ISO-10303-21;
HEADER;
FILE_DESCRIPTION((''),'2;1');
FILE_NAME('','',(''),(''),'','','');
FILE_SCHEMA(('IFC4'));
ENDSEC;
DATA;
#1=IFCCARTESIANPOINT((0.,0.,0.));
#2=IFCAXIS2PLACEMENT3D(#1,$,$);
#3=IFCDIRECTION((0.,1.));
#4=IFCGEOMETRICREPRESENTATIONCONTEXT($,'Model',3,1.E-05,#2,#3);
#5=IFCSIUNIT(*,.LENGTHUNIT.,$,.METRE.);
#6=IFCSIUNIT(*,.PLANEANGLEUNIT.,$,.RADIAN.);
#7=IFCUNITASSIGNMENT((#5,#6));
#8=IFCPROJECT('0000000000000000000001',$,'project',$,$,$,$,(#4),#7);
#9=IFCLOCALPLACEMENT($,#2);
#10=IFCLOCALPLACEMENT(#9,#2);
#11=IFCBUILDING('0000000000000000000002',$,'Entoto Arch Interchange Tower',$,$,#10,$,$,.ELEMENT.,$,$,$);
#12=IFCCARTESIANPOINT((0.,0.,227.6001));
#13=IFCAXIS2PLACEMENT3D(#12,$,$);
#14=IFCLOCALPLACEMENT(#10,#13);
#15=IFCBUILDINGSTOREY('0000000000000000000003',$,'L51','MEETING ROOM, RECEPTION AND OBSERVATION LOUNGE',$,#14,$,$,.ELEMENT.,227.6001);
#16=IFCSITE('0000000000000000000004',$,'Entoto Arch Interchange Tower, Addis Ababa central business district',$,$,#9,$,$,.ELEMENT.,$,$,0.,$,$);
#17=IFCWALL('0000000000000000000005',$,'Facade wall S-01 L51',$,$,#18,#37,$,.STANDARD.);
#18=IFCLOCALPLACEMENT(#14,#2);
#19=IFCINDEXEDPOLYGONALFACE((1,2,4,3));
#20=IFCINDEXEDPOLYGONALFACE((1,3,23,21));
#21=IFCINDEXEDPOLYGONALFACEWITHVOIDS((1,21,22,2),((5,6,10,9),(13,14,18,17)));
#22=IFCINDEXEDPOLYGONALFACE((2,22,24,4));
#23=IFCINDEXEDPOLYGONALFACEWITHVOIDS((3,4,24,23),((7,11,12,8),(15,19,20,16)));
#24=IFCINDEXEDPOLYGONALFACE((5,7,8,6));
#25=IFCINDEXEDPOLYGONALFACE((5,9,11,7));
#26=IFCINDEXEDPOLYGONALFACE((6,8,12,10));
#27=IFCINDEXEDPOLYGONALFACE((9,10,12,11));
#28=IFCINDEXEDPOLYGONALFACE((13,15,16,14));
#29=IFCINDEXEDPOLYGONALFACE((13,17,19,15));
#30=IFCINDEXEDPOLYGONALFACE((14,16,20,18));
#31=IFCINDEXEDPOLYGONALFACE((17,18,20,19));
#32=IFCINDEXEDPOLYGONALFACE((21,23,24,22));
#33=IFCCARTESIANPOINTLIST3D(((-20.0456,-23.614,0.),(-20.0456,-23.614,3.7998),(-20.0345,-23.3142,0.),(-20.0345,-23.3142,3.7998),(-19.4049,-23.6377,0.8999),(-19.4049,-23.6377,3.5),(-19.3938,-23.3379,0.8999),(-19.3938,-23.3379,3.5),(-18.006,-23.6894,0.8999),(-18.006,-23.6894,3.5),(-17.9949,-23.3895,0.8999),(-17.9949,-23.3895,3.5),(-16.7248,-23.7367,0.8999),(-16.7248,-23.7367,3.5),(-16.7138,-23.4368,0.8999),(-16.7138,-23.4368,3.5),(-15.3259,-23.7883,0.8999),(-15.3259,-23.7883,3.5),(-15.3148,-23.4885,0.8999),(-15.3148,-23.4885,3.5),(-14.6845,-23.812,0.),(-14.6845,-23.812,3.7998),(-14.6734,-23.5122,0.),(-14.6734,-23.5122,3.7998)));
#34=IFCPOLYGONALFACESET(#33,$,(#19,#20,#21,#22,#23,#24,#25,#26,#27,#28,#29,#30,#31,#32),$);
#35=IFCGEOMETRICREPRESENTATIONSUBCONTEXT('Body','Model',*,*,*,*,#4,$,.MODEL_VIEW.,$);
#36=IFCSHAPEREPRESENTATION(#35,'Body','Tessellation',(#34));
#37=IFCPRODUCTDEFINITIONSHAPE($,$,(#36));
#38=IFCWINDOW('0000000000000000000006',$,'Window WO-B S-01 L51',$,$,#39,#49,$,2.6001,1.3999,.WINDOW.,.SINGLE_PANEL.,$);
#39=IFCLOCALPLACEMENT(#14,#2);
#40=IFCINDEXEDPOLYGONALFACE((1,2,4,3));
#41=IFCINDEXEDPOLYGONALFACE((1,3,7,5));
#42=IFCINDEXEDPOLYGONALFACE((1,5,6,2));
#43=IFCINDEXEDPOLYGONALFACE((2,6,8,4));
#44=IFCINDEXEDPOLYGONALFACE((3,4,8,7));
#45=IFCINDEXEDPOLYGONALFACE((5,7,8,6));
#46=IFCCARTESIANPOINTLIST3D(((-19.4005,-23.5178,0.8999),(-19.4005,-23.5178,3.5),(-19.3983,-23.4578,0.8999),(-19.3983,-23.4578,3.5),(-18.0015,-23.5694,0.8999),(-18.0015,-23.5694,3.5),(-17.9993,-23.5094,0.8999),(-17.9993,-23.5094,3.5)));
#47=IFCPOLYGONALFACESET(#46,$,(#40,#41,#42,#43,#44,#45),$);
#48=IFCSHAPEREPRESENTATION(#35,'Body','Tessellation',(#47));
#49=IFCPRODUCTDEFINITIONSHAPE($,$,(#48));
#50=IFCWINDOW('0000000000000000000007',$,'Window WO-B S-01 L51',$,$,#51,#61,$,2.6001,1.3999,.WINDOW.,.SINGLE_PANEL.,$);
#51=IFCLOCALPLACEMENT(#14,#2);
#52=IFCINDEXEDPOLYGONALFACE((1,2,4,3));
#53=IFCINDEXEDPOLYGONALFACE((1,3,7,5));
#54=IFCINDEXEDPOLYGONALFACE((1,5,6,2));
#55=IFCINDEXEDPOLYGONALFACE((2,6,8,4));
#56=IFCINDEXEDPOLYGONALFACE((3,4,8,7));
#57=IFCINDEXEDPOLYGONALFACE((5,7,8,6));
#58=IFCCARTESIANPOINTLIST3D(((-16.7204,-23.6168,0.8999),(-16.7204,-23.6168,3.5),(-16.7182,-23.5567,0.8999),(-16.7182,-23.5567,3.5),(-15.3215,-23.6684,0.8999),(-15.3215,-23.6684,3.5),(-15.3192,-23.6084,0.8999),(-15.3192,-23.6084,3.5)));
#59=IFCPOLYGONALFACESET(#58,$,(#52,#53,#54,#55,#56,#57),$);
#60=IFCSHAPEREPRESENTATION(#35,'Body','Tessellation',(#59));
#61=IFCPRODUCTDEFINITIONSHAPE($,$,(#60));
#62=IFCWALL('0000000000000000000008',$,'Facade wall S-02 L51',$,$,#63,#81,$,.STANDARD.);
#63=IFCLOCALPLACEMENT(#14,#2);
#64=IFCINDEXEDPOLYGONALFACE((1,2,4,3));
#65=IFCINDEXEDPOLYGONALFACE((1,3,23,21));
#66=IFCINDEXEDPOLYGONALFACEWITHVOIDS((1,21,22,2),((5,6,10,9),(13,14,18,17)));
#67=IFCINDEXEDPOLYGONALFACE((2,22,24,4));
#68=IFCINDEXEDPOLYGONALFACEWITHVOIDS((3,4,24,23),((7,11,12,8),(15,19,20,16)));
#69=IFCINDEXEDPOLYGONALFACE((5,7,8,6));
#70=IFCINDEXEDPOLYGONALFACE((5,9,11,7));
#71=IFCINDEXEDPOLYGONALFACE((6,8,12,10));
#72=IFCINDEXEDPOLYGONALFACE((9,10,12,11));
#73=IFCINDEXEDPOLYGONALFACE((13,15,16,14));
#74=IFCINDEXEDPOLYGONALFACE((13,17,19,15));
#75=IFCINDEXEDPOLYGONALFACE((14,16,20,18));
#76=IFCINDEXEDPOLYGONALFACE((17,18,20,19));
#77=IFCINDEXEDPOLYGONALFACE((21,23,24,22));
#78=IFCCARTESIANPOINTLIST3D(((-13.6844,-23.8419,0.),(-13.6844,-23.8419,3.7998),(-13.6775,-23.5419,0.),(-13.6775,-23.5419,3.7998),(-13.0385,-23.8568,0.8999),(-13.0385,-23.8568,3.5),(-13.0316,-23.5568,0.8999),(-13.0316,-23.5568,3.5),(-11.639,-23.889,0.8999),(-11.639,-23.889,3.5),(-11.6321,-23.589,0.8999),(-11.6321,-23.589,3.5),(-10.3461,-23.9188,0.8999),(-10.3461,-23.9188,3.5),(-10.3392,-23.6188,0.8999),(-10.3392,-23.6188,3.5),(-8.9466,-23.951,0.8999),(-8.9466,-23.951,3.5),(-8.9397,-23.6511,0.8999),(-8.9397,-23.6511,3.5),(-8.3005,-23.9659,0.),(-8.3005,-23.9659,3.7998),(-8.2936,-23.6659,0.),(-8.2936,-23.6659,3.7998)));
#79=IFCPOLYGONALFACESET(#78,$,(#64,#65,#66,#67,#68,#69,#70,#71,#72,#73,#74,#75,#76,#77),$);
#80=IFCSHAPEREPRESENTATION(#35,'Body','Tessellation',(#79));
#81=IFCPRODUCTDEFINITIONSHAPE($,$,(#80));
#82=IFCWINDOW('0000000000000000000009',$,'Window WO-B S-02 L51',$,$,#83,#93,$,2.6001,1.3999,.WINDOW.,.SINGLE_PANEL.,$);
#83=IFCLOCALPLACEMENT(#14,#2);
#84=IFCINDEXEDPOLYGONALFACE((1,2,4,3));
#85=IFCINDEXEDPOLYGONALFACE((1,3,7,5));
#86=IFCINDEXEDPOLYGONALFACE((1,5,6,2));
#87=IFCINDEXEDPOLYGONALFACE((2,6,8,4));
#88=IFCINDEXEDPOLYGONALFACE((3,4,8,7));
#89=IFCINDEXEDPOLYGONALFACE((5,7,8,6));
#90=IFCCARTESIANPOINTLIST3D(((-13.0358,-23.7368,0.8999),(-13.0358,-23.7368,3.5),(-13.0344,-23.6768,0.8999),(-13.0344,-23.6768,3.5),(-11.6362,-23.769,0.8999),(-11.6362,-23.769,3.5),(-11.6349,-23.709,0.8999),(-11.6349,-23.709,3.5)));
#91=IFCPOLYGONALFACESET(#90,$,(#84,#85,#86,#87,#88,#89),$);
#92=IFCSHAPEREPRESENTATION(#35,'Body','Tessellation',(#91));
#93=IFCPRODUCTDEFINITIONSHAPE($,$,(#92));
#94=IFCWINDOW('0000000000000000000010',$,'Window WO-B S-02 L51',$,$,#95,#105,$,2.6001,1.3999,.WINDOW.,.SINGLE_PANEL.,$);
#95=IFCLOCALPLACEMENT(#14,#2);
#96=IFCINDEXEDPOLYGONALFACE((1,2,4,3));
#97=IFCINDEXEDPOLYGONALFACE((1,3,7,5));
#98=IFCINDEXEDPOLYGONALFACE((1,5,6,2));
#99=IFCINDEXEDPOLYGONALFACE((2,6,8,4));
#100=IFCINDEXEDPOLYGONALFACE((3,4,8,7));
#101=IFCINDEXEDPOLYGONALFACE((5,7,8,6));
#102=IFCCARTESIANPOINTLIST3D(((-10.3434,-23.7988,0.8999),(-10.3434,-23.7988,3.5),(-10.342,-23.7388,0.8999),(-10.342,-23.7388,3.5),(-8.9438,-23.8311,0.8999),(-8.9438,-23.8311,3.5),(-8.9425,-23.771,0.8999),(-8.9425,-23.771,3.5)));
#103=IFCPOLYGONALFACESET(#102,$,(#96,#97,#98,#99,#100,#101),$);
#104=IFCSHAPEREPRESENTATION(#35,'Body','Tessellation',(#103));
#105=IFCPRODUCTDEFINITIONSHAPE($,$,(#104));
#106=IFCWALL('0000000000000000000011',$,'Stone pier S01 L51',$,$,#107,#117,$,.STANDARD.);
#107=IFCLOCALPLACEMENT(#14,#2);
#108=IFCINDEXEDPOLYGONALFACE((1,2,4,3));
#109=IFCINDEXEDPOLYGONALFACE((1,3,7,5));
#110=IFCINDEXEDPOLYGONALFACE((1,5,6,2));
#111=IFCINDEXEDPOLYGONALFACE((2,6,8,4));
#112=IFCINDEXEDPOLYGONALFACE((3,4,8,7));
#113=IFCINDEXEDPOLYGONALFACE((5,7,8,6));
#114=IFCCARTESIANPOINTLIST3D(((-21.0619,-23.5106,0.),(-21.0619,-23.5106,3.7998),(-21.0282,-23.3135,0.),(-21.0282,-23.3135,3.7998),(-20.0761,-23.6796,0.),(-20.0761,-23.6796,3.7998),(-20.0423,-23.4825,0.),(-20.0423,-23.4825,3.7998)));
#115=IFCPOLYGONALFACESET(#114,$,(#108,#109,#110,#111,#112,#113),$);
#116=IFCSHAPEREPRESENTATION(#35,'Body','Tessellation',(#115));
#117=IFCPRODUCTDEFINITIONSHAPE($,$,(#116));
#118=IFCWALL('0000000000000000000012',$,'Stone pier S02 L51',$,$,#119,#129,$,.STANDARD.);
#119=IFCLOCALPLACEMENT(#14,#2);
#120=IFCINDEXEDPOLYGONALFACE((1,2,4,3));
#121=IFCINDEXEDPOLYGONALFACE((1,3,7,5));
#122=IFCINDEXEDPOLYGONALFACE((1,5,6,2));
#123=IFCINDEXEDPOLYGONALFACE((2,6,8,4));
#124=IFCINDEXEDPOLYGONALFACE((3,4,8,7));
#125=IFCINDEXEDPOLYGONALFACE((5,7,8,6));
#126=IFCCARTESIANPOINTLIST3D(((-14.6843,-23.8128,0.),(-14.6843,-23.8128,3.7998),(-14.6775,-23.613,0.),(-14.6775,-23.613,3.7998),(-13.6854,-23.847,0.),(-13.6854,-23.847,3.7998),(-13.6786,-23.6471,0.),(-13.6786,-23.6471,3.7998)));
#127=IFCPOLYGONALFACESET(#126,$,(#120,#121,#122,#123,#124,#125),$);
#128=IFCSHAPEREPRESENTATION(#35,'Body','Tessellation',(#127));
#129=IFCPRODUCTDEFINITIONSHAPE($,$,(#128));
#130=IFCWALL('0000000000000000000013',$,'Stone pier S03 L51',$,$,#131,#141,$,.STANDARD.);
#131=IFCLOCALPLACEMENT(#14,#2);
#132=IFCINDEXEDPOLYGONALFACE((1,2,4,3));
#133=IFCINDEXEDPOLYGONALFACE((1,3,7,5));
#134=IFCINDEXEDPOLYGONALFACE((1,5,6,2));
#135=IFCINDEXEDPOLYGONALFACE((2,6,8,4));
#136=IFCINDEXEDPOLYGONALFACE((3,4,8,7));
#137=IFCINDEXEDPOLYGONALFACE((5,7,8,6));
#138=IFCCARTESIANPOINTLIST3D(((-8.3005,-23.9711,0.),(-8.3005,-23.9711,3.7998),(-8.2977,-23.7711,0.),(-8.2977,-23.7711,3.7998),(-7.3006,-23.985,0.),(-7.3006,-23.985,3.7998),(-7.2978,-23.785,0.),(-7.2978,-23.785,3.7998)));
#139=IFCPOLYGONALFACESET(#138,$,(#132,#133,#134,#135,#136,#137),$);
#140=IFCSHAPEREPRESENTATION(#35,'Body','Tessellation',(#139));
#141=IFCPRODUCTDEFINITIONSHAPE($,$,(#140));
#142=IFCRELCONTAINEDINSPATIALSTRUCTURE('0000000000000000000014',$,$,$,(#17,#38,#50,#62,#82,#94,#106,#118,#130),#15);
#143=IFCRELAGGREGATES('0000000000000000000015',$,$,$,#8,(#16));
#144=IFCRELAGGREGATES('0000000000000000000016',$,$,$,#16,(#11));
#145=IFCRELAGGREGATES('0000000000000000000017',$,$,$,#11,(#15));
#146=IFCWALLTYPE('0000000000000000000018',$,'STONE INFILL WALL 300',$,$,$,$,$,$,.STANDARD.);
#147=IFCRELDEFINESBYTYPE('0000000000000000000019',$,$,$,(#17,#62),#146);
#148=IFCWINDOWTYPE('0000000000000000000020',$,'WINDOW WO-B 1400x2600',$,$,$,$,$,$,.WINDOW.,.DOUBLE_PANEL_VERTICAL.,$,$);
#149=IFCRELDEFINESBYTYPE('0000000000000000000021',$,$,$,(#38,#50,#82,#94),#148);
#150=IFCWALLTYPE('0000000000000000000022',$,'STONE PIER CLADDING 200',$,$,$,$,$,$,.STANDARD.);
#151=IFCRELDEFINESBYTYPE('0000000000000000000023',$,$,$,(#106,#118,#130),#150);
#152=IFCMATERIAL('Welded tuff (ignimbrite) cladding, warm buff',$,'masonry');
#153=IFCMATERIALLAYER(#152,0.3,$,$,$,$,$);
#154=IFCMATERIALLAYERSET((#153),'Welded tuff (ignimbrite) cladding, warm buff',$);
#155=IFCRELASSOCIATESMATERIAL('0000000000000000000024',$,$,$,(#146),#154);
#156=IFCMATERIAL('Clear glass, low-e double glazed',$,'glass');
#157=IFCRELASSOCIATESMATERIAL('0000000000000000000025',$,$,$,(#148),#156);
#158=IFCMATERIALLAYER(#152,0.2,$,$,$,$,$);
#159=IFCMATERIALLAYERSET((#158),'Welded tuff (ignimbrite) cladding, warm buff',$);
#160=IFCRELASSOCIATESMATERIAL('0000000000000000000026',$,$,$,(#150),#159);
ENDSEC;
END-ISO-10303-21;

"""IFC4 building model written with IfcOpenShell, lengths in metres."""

from ifc_helpers import new_model, si_unit, direction, frame, frame_2d, origin, place, context, subcontext, project, spatial, rectangle, extrude, material, layer, layer_set, type_object, element, fill, save


model = new_model("IFC4")

# Units and contexts
model_context = context("Model", 3, precision=1e-05, world=origin(), true_north=direction((0.0, 1.0)))
body_context = subcontext(model_context, "Body", "Model", "MODEL_VIEW")
ifc_project = project(units=[si_unit("LENGTHUNIT", "METRE"), si_unit("PLANEANGLEUNIT", "RADIAN")], contexts=[model_context])

# Site, building, storey
site_placement = place(None, origin())
site = spatial("IfcSite", under=ifc_project, at=site_placement, Name="Entoto Arch Interchange Tower, Addis Ababa central business district", CompositionType="ELEMENT", RefElevation=0.0)
building_placement = place(site_placement, origin())
building = spatial("IfcBuilding", under=site, at=building_placement, Name="Entoto Arch Interchange Tower", CompositionType="ELEMENT")
storey_placement = place(building_placement, frame((0.0, 0.0, 227.6001)))
storey = spatial("IfcBuildingStorey", under=building, at=storey_placement, Name="L51", Description="MEETING ROOM, RECEPTION AND OBSERVATION LOUNGE", CompositionType="ELEMENT", Elevation=227.6001)

# Walls, openings, windows
ifc_material_1 = material(Name="Welded tuff (ignimbrite) cladding, warm buff", Category="masonry")
ifc_layer_1 = layer(ifc_material_1, 0.3)
ifc_layer_set_1 = layer_set([ifc_layer_1], Name="Welded tuff (ignimbrite) cladding, warm buff")
wall_type_1 = type_object("IfcWallType", Name="STONE INFILL WALL 300", PredefinedType="STANDARD", material=ifc_layer_set_1)
wall_1_placement = place(storey_placement, frame((-20.04, -23.4641, 0.0), z_axis=(0.0, 0.0, 1.0), x_axis=(0.999319, -0.036907, 0.0)))
wall_1 = element("IfcWall", 1, at=wall_1_placement, inside=storey, type_object=wall_type_1, Name="Facade wall S-01 L51", PredefinedType="STANDARD", context=body_context, shape_type="SweptSolid", body=[
    extrude(rectangle(XDim=5.3647, YDim=0.3, at=frame_2d((2.6824, 0.0))), origin(), (0.0, 0.0, 1.0), 3.7998),
])
opening_1_placement = place(wall_1_placement, frame((0.6411, 0.0, 0.8999)))
opening_1 = element("IfcOpeningElement", 2, at=opening_1_placement, cuts=wall_1, PredefinedType="OPENING", context=body_context, shape_type="SweptSolid", body=[
    extrude(rectangle(XDim=1.3999, YDim=2.6001, at=frame_2d((0.7, 1.3))), frame((0.0, 0.1602, 0.0), z_axis=(0.0, -1.0, 0.0), x_axis=(1.0, 0.0, 0.0)), (0.0, 0.0, 1.0), 0.3201),
])
opening_2_placement = place(wall_1_placement, frame((3.323, 0.0, 0.8999)))
opening_2 = element("IfcOpeningElement", 3, at=opening_2_placement, cuts=wall_1, PredefinedType="OPENING", context=body_context, shape_type="SweptSolid", body=[
    extrude(rectangle(XDim=1.3999, YDim=2.6001, at=frame_2d((0.7, 1.3))), frame((0.0, 0.1602, 0.0), z_axis=(0.0, -1.0, 0.0), x_axis=(1.0, 0.0, 0.0)), (0.0, 0.0, 1.0), 0.3201),
])
ifc_material_2 = material(Name="Clear glass, low-e double glazed", Category="glass")
window_type = type_object("IfcWindowType", Name="WINDOW WO-B 1400x2600", PartitioningType="DOUBLE_PANEL_VERTICAL", PredefinedType="WINDOW", material=ifc_material_2)
window_1_placement = place(opening_1_placement, origin())
window_1 = element("IfcWindow", 4, at=window_1_placement, inside=storey, type_object=window_type, Name="Window WO-B S-01 L51", OverallHeight=2.6001, OverallWidth=1.3999, PartitioningType="SINGLE_PANEL", PredefinedType="WINDOW", context=body_context, shape_type="SweptSolid", body=[
    extrude(rectangle(XDim=1.3999, YDim=2.6001, at=frame_2d((0.7, 1.3))), frame((0.0, 0.03, 0.0), z_axis=(0.0, -1.0, 0.0), x_axis=(1.0, 0.0, 0.0)), (0.0, 0.0, 1.0), 0.0601),
])
fill(opening_1, window_1)
window_2_placement = place(opening_2_placement, origin())
window_2 = element("IfcWindow", 5, at=window_2_placement, inside=storey, type_object=window_type, Name="Window WO-B S-01 L51", OverallHeight=2.6001, OverallWidth=1.3999, PartitioningType="SINGLE_PANEL", PredefinedType="WINDOW", context=body_context, shape_type="SweptSolid", body=[
    extrude(rectangle(XDim=1.3999, YDim=2.6001, at=frame_2d((0.7, 1.3))), frame((0.0, 0.03, 0.0), z_axis=(0.0, -1.0, 0.0), x_axis=(1.0, 0.0, 0.0)), (0.0, 0.0, 1.0), 0.0601),
])
fill(opening_2, window_2)
wall_2_placement = place(storey_placement, frame((-13.6809, -23.6919, 0.0), z_axis=(0.0, 0.0, 1.0), x_axis=(0.999735, -0.02303, 0.0)))
wall_2 = element("IfcWall", 6, at=wall_2_placement, inside=storey, type_object=wall_type_1, Name="Facade wall S-02 L51", PredefinedType="STANDARD", context=body_context, shape_type="SweptSolid", body=[
    extrude(rectangle(XDim=5.3853, YDim=0.3, at=frame_2d((2.6926, 0.0))), origin(), (0.0, 0.0, 1.0), 3.7998),
])
opening_3_placement = place(wall_2_placement, frame((0.646, 0.0, 0.8999)))
opening_3 = element("IfcOpeningElement", 7, at=opening_3_placement, cuts=wall_2, PredefinedType="OPENING", context=body_context, shape_type="SweptSolid", body=[
    extrude(rectangle(XDim=1.3999, YDim=2.6001, at=frame_2d((0.7, 1.3))), frame((0.0, 0.1602, 0.0), z_axis=(0.0, -1.0, 0.0), x_axis=(1.0, 0.0, 0.0)), (0.0, 0.0, 1.0), 0.3201),
])
opening_4_placement = place(wall_2_placement, frame((3.3391, 0.0, 0.8999)))
opening_4 = element("IfcOpeningElement", 8, at=opening_4_placement, cuts=wall_2, PredefinedType="OPENING", context=body_context, shape_type="SweptSolid", body=[
    extrude(rectangle(XDim=1.3999, YDim=2.6001, at=frame_2d((0.7, 1.3))), frame((0.0, 0.1602, 0.0), z_axis=(0.0, -1.0, 0.0), x_axis=(1.0, 0.0, 0.0)), (0.0, 0.0, 1.0), 0.3201),
])
window_3_placement = place(opening_3_placement, origin())
window_3 = element("IfcWindow", 9, at=window_3_placement, inside=storey, type_object=window_type, Name="Window WO-B S-02 L51", OverallHeight=2.6001, OverallWidth=1.3999, PartitioningType="SINGLE_PANEL", PredefinedType="WINDOW", context=body_context, shape_type="SweptSolid", body=[
    extrude(rectangle(XDim=1.3999, YDim=2.6001, at=frame_2d((0.7, 1.3))), frame((0.0, 0.03, 0.0), z_axis=(0.0, -1.0, 0.0), x_axis=(1.0, 0.0, 0.0)), (0.0, 0.0, 1.0), 0.0601),
])
fill(opening_3, window_3)
window_4_placement = place(opening_4_placement, origin())
window_4 = element("IfcWindow", 10, at=window_4_placement, inside=storey, type_object=window_type, Name="Window WO-B S-02 L51", OverallHeight=2.6001, OverallWidth=1.3999, PartitioningType="SINGLE_PANEL", PredefinedType="WINDOW", context=body_context, shape_type="SweptSolid", body=[
    extrude(rectangle(XDim=1.3999, YDim=2.6001, at=frame_2d((0.7, 1.3))), frame((0.0, 0.03, 0.0), z_axis=(0.0, -1.0, 0.0), x_axis=(1.0, 0.0, 0.0)), (0.0, 0.0, 1.0), 0.0601),
])
fill(opening_4, window_4)

# Walls
ifc_layer_2 = layer(ifc_material_1, 0.2)
ifc_layer_set_2 = layer_set([ifc_layer_2], Name="Welded tuff (ignimbrite) cladding, warm buff")
wall_type_2 = type_object("IfcWallType", Name="STONE PIER CLADDING 200", PredefinedType="STANDARD", material=ifc_layer_set_2)
wall_3_placement = place(storey_placement, frame((-21.0449, -23.4121, 0.0), z_axis=(0.0, 0.0, 1.0), x_axis=(0.985632, -0.16891, 0.0)))
element("IfcWall", 11, at=wall_3_placement, inside=storey, type_object=wall_type_2, Name="Stone pier S01 L51", PredefinedType="STANDARD", context=body_context, shape_type="SweptSolid", body=[
    extrude(rectangle(XDim=1.0002, YDim=0.2, at=frame_2d((0.5, 0.0))), origin(), (0.0, 0.0, 1.0), 3.7998),
])
wall_4_placement = place(storey_placement, frame((-14.6809, -23.7129, 0.0), z_axis=(0.0, 0.0, 1.0), x_axis=(0.999415, -0.034193, 0.0)))
element("IfcWall", 12, at=wall_4_placement, inside=storey, type_object=wall_type_2, Name="Stone pier S02 L51", PredefinedType="STANDARD", context=body_context, shape_type="SweptSolid", body=[
    extrude(rectangle(XDim=0.9995, YDim=0.2, at=frame_2d((0.4998, 0.0))), origin(), (0.0, 0.0, 1.0), 3.7998),
])
wall_5_placement = place(storey_placement, frame((-8.2991, -23.8711, 0.0), z_axis=(0.0, 0.0, 1.0), x_axis=(0.999903, -0.013915, 0.0)))
element("IfcWall", 13, at=wall_5_placement, inside=storey, type_object=wall_type_2, Name="Stone pier S03 L51", PredefinedType="STANDARD", context=body_context, shape_type="SweptSolid", body=[
    extrude(rectangle(XDim=1.0, YDim=0.2, at=frame_2d((0.5, 0.0))), origin(), (0.0, 0.0, 1.0), 3.7998),
])

save(model, "model.ifc")
